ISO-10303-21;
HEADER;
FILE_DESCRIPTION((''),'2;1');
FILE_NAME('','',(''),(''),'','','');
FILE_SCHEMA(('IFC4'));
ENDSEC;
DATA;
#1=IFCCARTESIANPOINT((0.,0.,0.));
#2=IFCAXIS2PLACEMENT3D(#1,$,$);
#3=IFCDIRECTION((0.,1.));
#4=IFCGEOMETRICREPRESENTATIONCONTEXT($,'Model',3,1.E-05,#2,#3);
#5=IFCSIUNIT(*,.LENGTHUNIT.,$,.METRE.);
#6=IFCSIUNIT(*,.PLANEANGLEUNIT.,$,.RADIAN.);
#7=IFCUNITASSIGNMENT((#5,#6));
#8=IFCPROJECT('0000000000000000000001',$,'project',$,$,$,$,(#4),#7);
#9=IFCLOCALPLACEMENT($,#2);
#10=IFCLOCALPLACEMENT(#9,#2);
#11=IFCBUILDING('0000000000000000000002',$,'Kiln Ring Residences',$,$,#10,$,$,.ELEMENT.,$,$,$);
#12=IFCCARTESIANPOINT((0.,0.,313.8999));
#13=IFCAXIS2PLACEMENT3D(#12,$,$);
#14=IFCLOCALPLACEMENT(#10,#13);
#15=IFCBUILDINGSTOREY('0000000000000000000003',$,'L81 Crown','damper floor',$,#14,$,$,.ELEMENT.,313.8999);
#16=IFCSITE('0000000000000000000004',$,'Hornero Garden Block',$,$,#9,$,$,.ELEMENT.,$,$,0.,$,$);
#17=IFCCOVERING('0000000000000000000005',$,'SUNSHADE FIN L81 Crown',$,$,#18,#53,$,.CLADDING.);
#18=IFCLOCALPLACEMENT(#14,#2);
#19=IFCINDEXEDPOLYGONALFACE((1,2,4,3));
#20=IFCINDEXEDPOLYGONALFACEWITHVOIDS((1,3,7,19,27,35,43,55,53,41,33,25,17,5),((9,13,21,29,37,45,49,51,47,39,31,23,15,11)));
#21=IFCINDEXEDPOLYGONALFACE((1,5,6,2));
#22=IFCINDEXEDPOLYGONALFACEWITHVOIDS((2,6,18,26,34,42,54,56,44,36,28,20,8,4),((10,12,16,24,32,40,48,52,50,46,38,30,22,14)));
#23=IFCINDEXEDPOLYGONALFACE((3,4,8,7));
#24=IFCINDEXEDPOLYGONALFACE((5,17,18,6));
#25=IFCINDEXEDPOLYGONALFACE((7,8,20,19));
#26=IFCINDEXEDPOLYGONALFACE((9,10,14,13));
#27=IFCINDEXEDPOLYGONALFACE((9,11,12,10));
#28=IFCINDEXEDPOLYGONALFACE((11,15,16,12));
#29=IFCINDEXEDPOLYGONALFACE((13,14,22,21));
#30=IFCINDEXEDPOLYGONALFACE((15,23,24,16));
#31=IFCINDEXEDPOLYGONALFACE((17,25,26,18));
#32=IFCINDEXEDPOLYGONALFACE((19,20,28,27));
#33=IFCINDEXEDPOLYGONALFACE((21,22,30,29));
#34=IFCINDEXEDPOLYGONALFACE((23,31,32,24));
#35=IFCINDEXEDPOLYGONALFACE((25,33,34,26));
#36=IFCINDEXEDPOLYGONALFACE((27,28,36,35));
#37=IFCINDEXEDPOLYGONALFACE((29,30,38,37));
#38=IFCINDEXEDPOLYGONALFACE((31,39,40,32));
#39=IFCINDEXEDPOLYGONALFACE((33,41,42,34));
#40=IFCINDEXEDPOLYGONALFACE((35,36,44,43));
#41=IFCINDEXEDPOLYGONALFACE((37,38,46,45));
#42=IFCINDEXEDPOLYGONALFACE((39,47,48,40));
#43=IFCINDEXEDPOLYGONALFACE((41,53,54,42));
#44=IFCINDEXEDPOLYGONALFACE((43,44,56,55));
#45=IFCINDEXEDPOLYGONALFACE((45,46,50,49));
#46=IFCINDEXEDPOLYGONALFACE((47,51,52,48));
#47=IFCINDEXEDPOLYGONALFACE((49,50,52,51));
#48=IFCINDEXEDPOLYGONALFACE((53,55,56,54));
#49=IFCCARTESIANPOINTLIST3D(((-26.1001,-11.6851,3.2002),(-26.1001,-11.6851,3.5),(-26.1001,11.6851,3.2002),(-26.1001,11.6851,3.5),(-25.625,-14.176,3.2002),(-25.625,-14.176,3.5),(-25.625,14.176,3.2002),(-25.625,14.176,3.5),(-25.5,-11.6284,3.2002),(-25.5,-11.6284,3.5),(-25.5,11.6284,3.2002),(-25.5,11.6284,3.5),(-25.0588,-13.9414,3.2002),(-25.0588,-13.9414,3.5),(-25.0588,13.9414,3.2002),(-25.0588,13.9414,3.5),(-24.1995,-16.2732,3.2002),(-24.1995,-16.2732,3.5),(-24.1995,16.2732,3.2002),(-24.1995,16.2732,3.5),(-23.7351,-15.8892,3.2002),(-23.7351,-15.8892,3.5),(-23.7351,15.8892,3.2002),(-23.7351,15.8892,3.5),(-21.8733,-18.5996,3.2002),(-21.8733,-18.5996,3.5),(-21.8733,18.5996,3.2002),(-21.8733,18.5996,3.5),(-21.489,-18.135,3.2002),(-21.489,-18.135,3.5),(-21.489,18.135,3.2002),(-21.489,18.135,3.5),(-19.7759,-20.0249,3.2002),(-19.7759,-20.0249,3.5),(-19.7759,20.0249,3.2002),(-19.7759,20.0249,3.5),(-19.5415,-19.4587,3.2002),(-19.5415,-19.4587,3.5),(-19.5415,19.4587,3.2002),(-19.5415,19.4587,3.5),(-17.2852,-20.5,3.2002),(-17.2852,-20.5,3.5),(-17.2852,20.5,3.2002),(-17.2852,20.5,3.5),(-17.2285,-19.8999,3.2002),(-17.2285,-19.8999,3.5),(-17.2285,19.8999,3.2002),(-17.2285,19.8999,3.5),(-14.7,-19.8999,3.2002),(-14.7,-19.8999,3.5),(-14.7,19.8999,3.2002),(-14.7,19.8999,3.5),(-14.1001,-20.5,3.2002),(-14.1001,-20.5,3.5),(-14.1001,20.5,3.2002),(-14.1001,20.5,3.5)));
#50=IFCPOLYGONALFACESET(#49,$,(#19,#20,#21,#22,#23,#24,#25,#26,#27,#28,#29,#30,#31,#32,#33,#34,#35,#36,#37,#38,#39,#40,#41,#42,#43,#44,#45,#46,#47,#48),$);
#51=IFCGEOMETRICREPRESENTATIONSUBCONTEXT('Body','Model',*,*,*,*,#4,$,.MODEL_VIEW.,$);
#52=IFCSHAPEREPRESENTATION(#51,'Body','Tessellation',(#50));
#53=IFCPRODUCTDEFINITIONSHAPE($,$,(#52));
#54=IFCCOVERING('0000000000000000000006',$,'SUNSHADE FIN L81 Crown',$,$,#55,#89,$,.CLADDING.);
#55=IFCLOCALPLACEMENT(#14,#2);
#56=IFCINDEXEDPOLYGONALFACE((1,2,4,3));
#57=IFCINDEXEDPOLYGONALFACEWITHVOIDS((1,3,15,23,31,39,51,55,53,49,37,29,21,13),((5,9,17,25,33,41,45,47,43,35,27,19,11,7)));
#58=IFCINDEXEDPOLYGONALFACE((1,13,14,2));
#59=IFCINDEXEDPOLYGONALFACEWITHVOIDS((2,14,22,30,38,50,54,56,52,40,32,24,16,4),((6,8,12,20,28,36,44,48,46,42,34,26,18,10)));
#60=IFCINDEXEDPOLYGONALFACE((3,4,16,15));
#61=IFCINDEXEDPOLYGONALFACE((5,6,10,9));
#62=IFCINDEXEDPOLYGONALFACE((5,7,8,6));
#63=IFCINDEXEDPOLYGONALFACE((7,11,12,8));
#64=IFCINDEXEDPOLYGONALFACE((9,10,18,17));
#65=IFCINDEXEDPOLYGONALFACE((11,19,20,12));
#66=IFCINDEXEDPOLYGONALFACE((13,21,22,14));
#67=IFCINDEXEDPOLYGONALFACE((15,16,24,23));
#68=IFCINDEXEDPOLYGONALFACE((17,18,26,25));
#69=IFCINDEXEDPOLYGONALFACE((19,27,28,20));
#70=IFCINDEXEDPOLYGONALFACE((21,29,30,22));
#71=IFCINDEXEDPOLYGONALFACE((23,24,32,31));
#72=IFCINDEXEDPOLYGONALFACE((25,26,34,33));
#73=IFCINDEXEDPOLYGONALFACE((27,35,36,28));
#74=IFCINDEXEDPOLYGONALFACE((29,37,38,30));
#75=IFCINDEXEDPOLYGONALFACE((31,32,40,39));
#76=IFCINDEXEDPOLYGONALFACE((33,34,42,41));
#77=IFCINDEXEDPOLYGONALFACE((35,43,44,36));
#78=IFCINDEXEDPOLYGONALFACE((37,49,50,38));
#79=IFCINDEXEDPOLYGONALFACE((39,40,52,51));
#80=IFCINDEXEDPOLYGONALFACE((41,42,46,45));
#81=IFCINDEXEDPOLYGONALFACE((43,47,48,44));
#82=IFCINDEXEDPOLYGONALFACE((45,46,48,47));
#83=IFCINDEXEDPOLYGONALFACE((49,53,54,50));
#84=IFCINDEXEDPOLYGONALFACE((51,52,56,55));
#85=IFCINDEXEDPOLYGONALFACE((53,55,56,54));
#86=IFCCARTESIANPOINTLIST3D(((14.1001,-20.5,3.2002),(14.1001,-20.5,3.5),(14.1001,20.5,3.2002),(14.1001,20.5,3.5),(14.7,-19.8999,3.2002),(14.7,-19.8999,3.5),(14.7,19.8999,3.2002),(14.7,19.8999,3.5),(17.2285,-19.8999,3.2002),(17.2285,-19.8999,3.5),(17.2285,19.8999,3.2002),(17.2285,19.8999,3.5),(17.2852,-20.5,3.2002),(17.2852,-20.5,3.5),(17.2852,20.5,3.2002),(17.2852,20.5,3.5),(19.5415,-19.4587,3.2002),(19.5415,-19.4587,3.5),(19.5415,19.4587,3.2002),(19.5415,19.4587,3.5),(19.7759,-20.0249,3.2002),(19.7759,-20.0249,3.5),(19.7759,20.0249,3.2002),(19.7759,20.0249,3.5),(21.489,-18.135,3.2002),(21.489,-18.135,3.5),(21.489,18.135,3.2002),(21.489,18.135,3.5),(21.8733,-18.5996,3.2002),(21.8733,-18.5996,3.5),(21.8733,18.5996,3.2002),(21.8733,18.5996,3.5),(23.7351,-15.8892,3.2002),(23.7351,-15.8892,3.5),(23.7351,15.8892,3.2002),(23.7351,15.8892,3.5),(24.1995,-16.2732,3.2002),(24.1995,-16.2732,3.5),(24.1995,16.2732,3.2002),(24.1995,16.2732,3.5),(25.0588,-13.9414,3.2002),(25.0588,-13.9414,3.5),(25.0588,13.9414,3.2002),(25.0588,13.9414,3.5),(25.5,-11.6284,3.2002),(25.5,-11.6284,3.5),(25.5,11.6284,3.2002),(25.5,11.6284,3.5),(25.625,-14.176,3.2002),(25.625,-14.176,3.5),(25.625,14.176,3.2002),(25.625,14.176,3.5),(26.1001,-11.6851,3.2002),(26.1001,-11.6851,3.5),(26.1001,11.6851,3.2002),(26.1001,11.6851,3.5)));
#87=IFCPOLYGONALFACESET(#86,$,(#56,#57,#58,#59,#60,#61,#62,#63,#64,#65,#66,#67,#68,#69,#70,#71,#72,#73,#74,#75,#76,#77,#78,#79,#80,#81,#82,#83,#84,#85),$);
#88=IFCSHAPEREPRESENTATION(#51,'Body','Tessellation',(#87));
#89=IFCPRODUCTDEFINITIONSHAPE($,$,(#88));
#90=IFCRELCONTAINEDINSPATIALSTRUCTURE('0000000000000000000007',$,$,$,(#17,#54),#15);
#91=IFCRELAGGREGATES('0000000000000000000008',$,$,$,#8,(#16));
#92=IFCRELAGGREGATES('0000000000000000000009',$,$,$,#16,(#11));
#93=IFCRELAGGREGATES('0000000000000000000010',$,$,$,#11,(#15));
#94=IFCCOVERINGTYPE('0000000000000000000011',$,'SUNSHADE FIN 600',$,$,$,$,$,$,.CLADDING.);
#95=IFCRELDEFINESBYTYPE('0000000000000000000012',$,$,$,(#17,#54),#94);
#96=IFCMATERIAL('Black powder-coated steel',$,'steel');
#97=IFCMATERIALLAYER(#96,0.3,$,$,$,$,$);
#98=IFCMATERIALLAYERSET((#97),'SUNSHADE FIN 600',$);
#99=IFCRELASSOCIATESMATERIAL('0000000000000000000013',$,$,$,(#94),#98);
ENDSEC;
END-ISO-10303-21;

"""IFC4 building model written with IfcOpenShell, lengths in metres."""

from ifc_helpers import new_model, si_unit, direction, frame, origin, place, context, subcontext, project, spatial, polyline, outline, extrude, material, layer, layer_set, type_object, element, save


model = new_model("IFC4")

# Units and contexts
model_context = context("Model", 3, precision=1e-05, world=origin(), true_north=direction((0.0, 1.0)))
body_context = subcontext(model_context, "Body", "Model", "MODEL_VIEW")
ifc_project = project(units=[si_unit("LENGTHUNIT", "METRE"), si_unit("PLANEANGLEUNIT", "RADIAN")], contexts=[model_context])

# Site, building, storey
site_placement = place(None, origin())
site = spatial("IfcSite", under=ifc_project, at=site_placement, Name="Hornero Garden Block", CompositionType="ELEMENT", RefElevation=0.0)
building_placement = place(site_placement, origin())
building = spatial("IfcBuilding", under=site, at=building_placement, Name="Kiln Ring Residences", CompositionType="ELEMENT")
storey_placement = place(building_placement, frame((0.0, 0.0, 313.8999)))
storey = spatial("IfcBuildingStorey", under=building, at=storey_placement, Name="L81 Crown", Description="damper floor", CompositionType="ELEMENT", Elevation=313.8999)

# Coverings
ifc_material_1 = material(Name="Black powder-coated steel", Category="steel")
ifc_layer_1 = layer(ifc_material_1, 0.3)
ifc_layer_set_1 = layer_set([ifc_layer_1], Name="SUNSHADE FIN 600")
covering_type = type_object("IfcCoveringType", Name="SUNSHADE FIN 600", PredefinedType="CLADDING", material=ifc_layer_set_1)
placement_1 = place(storey_placement, frame((0.0, 0.0, 3.2002)))
element("IfcCovering", 1, at=placement_1, inside=storey, type_object=covering_type, Name="SUNSHADE FIN L81 Crown", PredefinedType="CLADDING", context=body_context, shape_type="SweptSolid", body=[
    extrude(outline(polyline([(-24.1995, -16.2732), (-21.8733, -18.5996), (-19.7759, -20.0249), (-17.2852, -20.5), (-14.1001, -20.5), (-14.1001, 20.5), (-17.2852, 20.5), (-19.7759, 20.0249), (-21.8733, 18.5996), (-24.1995, 16.2732), (-25.625, 14.176), (-26.1001, 11.6851), (-26.1001, -11.6851), (-25.625, -14.176), (-24.1995, -16.2732)]), holes=[polyline([(-19.5415, -19.4587), (-21.489, -18.135), (-23.7351, -15.8892), (-25.0588, -13.9414), (-25.5, -11.6284), (-25.5, 11.6284), (-25.0588, 13.9414), (-23.7351, 15.8892), (-21.489, 18.135), (-19.5415, 19.4587), (-17.2285, 19.8999), (-14.7, 19.8999), (-14.7, -19.8999), (-17.2285, -19.8999), (-19.5415, -19.4587)])]), origin(), (0.0, 0.0, 1.0), 0.2998),
])
element("IfcCovering", 2, at=placement_1, inside=storey, type_object=covering_type, Name="SUNSHADE FIN L81 Crown", PredefinedType="CLADDING", context=body_context, shape_type="SweptSolid", body=[
    extrude(outline(polyline([(17.2852, 20.5), (14.1001, 20.5), (14.1001, -20.5), (17.2852, -20.5), (19.7759, -20.0249), (21.8733, -18.5996), (24.1995, -16.2732), (25.625, -14.176), (26.1001, -11.6851), (26.1001, 11.6851), (25.625, 14.176), (24.1995, 16.2732), (21.8733, 18.5996), (19.7759, 20.0249), (17.2852, 20.5)]), holes=[polyline([(14.7, -19.8999), (14.7, 19.8999), (17.2285, 19.8999), (19.5415, 19.4587), (21.489, 18.135), (23.7351, 15.8892), (25.0588, 13.9414), (25.5, 11.6284), (25.5, -11.6284), (25.0588, -13.9414), (23.7351, -15.8892), (21.489, -18.135), (19.5415, -19.4587), (17.2285, -19.8999), (14.7, -19.8999)])]), origin(), (0.0, 0.0, 1.0), 0.2998),
])

save(model, "model.ifc")
